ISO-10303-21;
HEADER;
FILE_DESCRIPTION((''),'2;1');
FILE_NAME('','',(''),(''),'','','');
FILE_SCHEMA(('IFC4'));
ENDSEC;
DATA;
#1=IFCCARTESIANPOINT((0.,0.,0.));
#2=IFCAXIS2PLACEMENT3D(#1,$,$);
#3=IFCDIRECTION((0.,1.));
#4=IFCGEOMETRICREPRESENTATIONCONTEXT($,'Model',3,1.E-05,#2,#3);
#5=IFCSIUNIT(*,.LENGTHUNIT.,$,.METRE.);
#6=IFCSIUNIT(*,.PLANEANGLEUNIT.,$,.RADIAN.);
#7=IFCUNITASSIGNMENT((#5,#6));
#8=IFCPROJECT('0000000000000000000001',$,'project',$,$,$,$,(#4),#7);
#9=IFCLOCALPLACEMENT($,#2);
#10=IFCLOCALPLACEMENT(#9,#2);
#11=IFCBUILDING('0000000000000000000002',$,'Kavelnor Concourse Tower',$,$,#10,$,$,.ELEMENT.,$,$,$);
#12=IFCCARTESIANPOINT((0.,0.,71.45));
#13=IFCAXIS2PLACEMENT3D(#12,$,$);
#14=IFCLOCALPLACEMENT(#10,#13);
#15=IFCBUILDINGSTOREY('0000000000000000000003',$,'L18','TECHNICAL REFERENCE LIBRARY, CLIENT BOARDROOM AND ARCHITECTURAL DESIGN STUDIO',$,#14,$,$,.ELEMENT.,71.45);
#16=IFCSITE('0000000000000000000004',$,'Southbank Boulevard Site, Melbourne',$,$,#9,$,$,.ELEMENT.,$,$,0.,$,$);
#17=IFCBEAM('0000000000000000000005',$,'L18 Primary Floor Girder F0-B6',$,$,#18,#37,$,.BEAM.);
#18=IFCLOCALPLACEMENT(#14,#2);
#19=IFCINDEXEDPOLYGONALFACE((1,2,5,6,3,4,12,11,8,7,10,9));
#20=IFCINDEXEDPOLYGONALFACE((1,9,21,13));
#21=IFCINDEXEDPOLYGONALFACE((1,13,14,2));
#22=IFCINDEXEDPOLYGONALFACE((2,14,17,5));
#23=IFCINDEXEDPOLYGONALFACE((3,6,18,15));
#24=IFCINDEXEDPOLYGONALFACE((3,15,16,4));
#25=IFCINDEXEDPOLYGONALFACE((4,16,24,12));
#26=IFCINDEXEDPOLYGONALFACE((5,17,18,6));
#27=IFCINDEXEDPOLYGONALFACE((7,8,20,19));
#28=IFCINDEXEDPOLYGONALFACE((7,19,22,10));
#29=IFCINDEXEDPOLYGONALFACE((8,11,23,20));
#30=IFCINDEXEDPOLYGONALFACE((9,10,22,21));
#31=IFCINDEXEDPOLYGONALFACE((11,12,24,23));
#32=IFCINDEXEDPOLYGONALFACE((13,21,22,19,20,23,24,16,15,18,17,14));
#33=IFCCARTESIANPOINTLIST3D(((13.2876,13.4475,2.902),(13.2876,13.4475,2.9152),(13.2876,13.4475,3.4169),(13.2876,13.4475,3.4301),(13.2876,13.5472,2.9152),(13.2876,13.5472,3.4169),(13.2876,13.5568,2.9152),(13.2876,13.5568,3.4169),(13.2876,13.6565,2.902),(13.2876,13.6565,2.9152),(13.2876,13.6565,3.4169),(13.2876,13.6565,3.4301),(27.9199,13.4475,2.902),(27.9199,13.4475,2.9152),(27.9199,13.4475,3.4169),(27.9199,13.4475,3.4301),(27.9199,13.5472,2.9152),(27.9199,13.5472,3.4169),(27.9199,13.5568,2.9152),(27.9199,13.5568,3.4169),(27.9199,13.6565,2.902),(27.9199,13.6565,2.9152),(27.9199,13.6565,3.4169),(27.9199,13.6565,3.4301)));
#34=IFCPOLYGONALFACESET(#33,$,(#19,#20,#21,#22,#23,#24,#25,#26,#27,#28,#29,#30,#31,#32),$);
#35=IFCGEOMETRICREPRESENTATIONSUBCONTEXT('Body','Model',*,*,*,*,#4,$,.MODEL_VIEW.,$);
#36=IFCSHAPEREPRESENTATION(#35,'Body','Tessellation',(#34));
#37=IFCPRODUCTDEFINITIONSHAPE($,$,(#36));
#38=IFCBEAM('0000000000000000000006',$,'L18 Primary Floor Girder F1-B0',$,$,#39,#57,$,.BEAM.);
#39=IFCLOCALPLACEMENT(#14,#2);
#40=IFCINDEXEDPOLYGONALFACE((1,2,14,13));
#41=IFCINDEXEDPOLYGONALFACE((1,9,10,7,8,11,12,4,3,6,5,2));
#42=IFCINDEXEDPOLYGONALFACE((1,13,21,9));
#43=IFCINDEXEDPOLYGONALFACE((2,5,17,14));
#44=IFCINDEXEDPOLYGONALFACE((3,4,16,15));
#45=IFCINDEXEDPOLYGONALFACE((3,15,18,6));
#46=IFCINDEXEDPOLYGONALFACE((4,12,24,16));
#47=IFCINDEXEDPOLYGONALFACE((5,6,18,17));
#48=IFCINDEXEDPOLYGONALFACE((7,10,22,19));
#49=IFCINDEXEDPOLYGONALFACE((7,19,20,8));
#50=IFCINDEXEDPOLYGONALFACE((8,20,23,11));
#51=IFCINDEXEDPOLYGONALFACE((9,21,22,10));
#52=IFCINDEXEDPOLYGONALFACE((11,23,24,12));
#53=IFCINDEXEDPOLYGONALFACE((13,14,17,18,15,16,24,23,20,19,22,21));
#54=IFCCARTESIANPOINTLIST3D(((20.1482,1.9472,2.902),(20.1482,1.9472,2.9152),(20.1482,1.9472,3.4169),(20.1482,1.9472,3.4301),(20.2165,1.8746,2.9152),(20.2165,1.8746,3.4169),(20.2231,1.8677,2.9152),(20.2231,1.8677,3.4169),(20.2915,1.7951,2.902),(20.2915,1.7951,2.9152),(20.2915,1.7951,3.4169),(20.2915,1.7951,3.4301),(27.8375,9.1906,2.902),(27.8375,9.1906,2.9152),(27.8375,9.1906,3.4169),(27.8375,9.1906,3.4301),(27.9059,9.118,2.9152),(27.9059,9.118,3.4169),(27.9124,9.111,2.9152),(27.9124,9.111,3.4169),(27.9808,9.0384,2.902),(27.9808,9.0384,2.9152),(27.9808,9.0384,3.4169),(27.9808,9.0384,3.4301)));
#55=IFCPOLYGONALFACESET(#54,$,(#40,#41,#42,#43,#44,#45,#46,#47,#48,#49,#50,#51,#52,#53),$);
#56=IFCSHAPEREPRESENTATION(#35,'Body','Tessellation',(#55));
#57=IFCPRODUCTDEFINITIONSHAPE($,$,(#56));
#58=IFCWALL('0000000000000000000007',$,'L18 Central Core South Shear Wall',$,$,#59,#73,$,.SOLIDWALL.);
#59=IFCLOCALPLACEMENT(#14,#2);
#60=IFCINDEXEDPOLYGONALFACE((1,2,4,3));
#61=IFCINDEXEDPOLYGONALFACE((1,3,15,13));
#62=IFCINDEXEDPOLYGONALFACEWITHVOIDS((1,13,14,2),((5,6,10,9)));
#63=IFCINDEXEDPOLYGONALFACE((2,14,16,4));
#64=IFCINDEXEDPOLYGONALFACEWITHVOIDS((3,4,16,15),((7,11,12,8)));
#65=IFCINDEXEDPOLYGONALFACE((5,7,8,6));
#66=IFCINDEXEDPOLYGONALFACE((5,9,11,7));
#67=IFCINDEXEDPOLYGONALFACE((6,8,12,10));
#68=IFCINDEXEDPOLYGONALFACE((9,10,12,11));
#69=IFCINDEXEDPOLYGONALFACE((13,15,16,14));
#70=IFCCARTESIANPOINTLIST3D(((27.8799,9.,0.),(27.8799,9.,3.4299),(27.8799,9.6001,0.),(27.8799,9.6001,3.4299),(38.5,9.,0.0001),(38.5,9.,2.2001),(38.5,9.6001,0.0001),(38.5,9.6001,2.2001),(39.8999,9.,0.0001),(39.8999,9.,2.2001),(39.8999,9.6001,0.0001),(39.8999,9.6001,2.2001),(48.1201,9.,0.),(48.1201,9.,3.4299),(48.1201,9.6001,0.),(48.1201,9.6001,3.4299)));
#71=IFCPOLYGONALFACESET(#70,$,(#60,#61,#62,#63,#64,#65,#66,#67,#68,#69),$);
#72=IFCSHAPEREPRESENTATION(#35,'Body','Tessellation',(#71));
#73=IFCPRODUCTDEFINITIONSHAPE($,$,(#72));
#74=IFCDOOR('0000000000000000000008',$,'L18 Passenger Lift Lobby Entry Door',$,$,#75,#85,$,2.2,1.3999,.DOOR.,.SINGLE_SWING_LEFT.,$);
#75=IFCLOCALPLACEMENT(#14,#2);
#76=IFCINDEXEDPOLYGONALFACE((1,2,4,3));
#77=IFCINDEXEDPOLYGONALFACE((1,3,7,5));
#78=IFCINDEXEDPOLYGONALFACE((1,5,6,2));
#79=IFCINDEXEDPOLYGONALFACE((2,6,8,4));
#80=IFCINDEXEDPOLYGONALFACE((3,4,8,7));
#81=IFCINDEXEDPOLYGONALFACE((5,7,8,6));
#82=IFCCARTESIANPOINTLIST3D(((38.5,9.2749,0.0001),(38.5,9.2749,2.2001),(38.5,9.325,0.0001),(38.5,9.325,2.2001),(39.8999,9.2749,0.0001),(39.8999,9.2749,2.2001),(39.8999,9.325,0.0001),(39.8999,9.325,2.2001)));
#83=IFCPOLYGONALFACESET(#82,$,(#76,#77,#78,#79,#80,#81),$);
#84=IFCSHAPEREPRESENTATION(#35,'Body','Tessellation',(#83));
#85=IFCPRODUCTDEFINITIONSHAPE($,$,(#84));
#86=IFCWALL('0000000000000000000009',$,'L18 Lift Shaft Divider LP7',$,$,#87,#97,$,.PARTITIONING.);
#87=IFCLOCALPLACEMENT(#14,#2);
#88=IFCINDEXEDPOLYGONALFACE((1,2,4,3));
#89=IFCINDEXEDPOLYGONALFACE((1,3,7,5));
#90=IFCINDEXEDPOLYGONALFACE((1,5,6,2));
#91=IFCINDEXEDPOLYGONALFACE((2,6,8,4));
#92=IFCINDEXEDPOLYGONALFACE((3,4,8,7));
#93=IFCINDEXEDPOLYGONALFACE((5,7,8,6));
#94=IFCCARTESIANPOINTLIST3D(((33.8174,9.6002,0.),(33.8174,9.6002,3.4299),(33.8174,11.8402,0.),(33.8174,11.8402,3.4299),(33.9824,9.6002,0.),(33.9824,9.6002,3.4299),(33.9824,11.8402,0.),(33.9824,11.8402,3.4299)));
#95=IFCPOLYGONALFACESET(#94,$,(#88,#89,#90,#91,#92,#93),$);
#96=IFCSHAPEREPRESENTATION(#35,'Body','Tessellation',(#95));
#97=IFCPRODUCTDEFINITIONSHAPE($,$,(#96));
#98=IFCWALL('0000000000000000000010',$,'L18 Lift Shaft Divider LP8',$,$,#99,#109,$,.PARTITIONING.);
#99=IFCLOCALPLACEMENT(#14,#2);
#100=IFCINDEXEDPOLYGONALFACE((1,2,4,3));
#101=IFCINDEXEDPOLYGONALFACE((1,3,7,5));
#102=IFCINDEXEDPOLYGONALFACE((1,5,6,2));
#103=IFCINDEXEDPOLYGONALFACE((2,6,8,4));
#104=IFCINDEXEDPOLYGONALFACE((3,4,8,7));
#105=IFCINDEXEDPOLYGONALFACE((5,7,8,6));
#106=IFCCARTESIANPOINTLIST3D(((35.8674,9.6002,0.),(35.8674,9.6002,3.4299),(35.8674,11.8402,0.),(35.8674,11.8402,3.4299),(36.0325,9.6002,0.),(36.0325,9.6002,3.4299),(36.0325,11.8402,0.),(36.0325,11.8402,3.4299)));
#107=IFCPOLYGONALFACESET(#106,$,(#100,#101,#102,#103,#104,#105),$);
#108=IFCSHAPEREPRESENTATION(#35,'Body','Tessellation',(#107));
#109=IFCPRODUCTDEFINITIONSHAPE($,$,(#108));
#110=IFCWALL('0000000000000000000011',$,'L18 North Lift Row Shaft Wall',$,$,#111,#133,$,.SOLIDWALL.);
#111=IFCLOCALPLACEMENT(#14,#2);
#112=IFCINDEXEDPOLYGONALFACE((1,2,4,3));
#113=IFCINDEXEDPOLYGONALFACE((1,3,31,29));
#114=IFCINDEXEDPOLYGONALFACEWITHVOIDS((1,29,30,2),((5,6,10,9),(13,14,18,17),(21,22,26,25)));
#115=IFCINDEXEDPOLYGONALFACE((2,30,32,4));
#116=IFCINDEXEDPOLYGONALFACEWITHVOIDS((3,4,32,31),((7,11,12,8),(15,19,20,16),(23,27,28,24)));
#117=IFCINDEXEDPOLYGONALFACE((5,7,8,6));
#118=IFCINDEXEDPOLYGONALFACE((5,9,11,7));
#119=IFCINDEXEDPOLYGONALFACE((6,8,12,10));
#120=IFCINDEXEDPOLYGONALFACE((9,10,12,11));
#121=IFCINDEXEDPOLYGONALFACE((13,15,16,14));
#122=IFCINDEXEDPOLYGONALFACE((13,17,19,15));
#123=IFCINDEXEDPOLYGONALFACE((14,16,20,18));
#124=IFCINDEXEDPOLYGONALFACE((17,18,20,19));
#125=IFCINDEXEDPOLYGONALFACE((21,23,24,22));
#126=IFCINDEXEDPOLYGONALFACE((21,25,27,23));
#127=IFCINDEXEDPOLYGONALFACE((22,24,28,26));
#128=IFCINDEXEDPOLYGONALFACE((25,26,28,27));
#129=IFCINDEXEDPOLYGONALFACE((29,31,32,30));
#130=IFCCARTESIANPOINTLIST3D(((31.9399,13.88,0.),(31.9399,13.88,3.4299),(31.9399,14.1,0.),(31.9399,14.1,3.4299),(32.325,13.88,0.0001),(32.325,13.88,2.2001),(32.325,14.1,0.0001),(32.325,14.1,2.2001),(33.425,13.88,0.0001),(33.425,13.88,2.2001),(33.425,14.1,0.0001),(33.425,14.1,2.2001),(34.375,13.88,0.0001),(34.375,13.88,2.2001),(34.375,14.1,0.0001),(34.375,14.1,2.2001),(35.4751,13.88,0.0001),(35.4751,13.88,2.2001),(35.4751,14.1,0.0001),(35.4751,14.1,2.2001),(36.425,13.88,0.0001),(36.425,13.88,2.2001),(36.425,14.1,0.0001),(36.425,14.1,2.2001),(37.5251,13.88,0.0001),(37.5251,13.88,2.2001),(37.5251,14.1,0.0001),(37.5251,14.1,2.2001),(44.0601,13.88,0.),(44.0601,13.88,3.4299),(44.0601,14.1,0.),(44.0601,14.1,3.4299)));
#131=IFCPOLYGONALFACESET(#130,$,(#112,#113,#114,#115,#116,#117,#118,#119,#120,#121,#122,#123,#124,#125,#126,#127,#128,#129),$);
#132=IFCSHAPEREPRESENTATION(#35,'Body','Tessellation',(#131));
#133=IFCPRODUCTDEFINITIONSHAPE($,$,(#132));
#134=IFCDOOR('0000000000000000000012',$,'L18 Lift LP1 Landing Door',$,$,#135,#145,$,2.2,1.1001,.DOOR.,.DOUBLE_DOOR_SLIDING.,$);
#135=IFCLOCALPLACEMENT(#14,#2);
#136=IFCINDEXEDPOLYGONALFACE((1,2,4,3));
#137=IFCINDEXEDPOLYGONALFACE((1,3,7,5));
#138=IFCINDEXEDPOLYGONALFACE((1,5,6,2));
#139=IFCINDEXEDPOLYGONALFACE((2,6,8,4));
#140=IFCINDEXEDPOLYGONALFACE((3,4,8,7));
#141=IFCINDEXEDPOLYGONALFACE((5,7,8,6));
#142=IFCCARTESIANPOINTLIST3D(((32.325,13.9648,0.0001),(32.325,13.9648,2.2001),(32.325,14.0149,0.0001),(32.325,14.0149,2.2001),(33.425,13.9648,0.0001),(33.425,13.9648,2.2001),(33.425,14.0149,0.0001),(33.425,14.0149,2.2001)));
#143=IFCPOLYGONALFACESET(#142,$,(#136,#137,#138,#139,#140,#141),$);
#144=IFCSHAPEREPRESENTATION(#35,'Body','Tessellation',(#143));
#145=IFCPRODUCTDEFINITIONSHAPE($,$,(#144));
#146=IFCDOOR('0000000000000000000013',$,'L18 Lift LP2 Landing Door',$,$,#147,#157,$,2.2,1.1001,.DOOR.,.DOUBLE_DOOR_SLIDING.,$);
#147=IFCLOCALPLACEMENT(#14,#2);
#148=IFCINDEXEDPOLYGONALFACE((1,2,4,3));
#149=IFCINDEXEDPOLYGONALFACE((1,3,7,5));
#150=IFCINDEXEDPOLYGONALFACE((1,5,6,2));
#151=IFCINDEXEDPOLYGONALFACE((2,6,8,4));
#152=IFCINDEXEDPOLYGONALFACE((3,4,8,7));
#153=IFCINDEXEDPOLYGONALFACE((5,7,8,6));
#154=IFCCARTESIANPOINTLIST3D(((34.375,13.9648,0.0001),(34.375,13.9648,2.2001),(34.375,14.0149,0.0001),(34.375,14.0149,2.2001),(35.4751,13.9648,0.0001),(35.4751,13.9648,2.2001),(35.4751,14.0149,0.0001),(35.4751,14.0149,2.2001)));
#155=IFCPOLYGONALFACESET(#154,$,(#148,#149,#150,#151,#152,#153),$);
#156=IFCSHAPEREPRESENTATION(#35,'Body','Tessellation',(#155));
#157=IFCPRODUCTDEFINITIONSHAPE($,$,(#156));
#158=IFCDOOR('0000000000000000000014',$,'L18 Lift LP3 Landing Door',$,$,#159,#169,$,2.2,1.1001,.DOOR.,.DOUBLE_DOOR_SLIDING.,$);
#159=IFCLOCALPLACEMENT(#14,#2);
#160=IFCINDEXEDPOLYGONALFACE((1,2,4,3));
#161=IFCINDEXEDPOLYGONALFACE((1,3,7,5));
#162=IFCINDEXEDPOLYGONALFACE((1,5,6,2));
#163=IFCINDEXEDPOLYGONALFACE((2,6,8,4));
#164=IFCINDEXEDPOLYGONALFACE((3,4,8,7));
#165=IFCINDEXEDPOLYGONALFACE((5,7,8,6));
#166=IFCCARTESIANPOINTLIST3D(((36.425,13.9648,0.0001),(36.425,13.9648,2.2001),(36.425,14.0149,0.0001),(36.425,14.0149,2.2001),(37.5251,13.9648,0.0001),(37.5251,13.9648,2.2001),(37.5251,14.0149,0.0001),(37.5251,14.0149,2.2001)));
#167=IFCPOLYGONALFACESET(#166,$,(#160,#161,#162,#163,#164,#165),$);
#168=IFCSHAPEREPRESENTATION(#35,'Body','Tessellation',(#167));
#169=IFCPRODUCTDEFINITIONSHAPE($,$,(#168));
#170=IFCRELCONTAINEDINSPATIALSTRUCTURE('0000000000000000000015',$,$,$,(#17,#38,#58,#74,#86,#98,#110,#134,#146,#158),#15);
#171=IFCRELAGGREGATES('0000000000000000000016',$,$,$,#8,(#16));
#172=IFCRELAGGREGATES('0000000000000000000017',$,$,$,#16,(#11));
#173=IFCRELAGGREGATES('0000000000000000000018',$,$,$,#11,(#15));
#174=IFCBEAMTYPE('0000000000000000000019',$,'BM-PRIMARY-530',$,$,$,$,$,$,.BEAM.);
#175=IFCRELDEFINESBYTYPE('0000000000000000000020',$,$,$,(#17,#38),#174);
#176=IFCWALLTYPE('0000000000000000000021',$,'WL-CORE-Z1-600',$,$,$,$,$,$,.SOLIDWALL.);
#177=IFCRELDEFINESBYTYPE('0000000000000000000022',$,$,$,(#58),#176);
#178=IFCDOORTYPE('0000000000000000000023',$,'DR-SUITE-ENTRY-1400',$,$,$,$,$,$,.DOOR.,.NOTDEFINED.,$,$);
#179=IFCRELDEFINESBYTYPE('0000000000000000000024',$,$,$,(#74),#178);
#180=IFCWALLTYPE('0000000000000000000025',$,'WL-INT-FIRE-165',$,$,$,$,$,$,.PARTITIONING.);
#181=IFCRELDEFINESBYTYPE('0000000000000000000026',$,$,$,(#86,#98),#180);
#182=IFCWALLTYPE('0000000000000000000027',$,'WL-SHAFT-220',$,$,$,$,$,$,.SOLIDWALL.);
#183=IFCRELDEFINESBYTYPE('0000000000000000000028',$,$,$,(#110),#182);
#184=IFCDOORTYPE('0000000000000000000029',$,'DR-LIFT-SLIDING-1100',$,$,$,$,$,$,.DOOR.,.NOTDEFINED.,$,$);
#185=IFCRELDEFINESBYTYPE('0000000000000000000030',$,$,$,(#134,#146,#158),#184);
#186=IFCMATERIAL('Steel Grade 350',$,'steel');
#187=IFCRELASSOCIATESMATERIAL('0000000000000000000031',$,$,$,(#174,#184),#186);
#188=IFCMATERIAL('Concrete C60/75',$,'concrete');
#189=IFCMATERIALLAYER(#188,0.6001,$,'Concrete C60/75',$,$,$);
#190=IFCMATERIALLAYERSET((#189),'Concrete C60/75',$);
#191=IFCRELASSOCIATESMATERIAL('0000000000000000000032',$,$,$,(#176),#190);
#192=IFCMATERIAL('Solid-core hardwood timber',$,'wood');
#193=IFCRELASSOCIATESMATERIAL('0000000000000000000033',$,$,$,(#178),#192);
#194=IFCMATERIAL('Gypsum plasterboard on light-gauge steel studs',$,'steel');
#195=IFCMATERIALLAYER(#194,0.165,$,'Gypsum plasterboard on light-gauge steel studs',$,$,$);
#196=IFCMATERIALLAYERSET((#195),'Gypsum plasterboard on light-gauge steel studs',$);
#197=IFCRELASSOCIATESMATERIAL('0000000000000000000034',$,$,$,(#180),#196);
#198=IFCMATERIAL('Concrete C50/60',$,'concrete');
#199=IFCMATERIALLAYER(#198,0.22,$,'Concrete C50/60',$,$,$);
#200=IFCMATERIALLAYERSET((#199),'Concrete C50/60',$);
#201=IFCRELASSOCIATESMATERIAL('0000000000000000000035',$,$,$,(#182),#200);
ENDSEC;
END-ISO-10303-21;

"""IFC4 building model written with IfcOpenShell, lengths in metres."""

from ifc_helpers import new_model, si_unit, direction, frame, frame_2d, origin, origin_2d, place, context, subcontext, project, spatial, rectangle, i_section, extrude, material, layer, layer_set, material_profile, profile_set, type_object, element, fill, save


model = new_model("IFC4")

# Units and contexts
model_context = context("Model", 3, precision=1e-05, world=origin(), true_north=direction((0.0, 1.0)))
body_context = subcontext(model_context, "Body", "Model", "MODEL_VIEW")
ifc_project = project(units=[si_unit("LENGTHUNIT", "METRE"), si_unit("PLANEANGLEUNIT", "RADIAN")], contexts=[model_context])

# Site, building, storey
site_placement = place(None, origin())
site = spatial("IfcSite", under=ifc_project, at=site_placement, Name="Southbank Boulevard Site, Melbourne", CompositionType="ELEMENT", RefElevation=0.0)
building_placement = place(site_placement, origin())
building = spatial("IfcBuilding", under=site, at=building_placement, Name="Kavelnor Concourse Tower", CompositionType="ELEMENT")
storey_placement = place(building_placement, frame((0.0, 0.0, 71.45)))
storey = spatial("IfcBuildingStorey", under=building, at=storey_placement, Name="L18", Description="TECHNICAL REFERENCE LIBRARY, CLIENT BOARDROOM AND ARCHITECTURAL DESIGN STUDIO", CompositionType="ELEMENT", Elevation=71.45)

# Beams
ifc_material_1 = material(Name="Steel Grade 350", Category="steel")
ifc_material_profile = material_profile(ifc_material_1, i_section(OverallWidth=0.209, OverallDepth=0.5281, WebThickness=0.0095, FlangeThickness=0.0132, at=origin_2d()), Name="530UB82")
ifc_profile_set = profile_set([ifc_material_profile], Name="Steel Grade 350")
beam_type = type_object("IfcBeamType", Name="BM-PRIMARY-530", PredefinedType="BEAM", material=ifc_profile_set)
beam_1_placement = place(storey_placement, frame((27.9199, 13.552, 3.166), z_axis=(-1.0, 0.0, 0.0), x_axis=(0.0, -1.0, 0.0)))
element("IfcBeam", 1, at=beam_1_placement, inside=storey, type_object=beam_type, Name="L18 Primary Floor Girder F0-B6", PredefinedType="BEAM", context=body_context, shape_type="SweptSolid", body=[
    extrude(i_section(OverallWidth=0.209, OverallDepth=0.5281, WebThickness=0.0095, FlangeThickness=0.0132, at=origin_2d()), origin(), (0.0, 0.0, 1.0), 14.6323),
])
beam_2_placement = place(storey_placement, frame((27.9092, 9.1145, 3.166), z_axis=(-0.727903, -0.68568, 0.0), x_axis=(0.68568, -0.727903, 0.0)))
element("IfcBeam", 2, at=beam_2_placement, inside=storey, type_object=beam_type, Name="L18 Primary Floor Girder F1-B0", PredefinedType="BEAM", context=body_context, shape_type="SweptSolid", body=[
    extrude(i_section(OverallWidth=0.209, OverallDepth=0.5281, WebThickness=0.0095, FlangeThickness=0.0132, at=origin_2d()), origin(), (0.0, 0.0, 1.0), 10.5637),
])

# Wall, opening, door
ifc_material_2 = material(Name="Concrete C60/75", Category="concrete")
ifc_layer_1 = layer(ifc_material_2, 0.6001, Name="Concrete C60/75")
ifc_layer_set_1 = layer_set([ifc_layer_1], Name="Concrete C60/75")
wall_type_1 = type_object("IfcWallType", Name="WL-CORE-Z1-600", PredefinedType="SOLIDWALL", material=ifc_layer_set_1)
wall_1_placement = place(storey_placement, frame((27.8799, 9.3, 0.0), z_axis=(0.0, 0.0, 1.0), x_axis=(1.0, 0.0, 0.0)))
wall_1 = element("IfcWall", 3, at=wall_1_placement, inside=storey, type_object=wall_type_1, Name="L18 Central Core South Shear Wall", PredefinedType="SOLIDWALL", context=body_context, shape_type="SweptSolid", body=[
    extrude(rectangle(XDim=20.2402, YDim=0.6001, at=frame_2d((10.1201, 0.0))), origin(), (0.0, 0.0, 1.0), 3.4299),
])
opening_1_placement = place(wall_1_placement, frame((10.6201, 0.0, 0.0)))
opening_1 = element("IfcOpeningElement", 4, at=opening_1_placement, cuts=wall_1, PredefinedType="OPENING", context=body_context, shape_type="SweptSolid", body=[
    extrude(rectangle(XDim=1.3999, YDim=2.2, at=frame_2d((0.7, 1.1001))), frame((0.0, 0.3101, 0.0), z_axis=(0.0, -1.0, 0.0), x_axis=(1.0, 0.0, 0.0)), (0.0, 0.0, 1.0), 0.6201),
])
ifc_material_3 = material(Name="Solid-core hardwood timber", Category="wood")
door_type_1 = type_object("IfcDoorType", Name="DR-SUITE-ENTRY-1400", OperationType="NOTDEFINED", PredefinedType="DOOR", material=ifc_material_3)
door_1_placement = place(opening_1_placement, origin())
door_1 = element("IfcDoor", 5, at=door_1_placement, inside=storey, type_object=door_type_1, Name="L18 Passenger Lift Lobby Entry Door", OperationType="SINGLE_SWING_LEFT", OverallHeight=2.2, OverallWidth=1.3999, PredefinedType="DOOR", context=body_context, shape_type="SweptSolid", body=[
    extrude(rectangle(XDim=1.3999, YDim=2.2, at=frame_2d((0.7, 1.1001))), frame((0.0, 0.0249, 0.0), z_axis=(0.0, -1.0, 0.0), x_axis=(1.0, 0.0, 0.0)), (0.0, 0.0, 1.0), 0.05),
])
fill(opening_1, door_1)

# Walls
ifc_material_4 = material(Name="Gypsum plasterboard on light-gauge steel studs", Category="steel")
ifc_layer_2 = layer(ifc_material_4, 0.165, Name="Gypsum plasterboard on light-gauge steel studs")
ifc_layer_set_2 = layer_set([ifc_layer_2], Name="Gypsum plasterboard on light-gauge steel studs")
wall_type_2 = type_object("IfcWallType", Name="WL-INT-FIRE-165", PredefinedType="PARTITIONING", material=ifc_layer_set_2)
for number, where, z_axis, x_axis, name in (
    (6, (33.8999, 9.6001, 0.0), (0.0, 0.0, 1.0), (0.0, 1.0, 0.0), "L18 Lift Shaft Divider LP7"),
    (7, (35.95, 9.6001, 0.0), (0.0, 0.0, 1.0), (0.0, 1.0, 0.0), "L18 Lift Shaft Divider LP8"),
):
    element("IfcWall", number, at=place(storey_placement, frame(where, z_axis=z_axis, x_axis=x_axis)), inside=storey, type_object=wall_type_2, Name=name, PredefinedType="PARTITIONING", context=body_context, shape_type="SweptSolid", body=[
        extrude(rectangle(XDim=2.24, YDim=0.165, at=frame_2d((1.1201, 0.0))), origin(), (0.0, 0.0, 1.0), 3.4299),
    ])

# Wall, openings, doors
ifc_material_5 = material(Name="Concrete C50/60", Category="concrete")
ifc_layer_3 = layer(ifc_material_5, 0.22, Name="Concrete C50/60")
ifc_layer_set_3 = layer_set([ifc_layer_3], Name="Concrete C50/60")
wall_type_3 = type_object("IfcWallType", Name="WL-SHAFT-220", PredefinedType="SOLIDWALL", material=ifc_layer_set_3)
wall_2_placement = place(storey_placement, frame((31.9399, 13.99, 0.0), z_axis=(0.0, 0.0, 1.0), x_axis=(1.0, 0.0, 0.0)))
wall_2 = element("IfcWall", 8, at=wall_2_placement, inside=storey, type_object=wall_type_3, Name="L18 North Lift Row Shaft Wall", PredefinedType="SOLIDWALL", context=body_context, shape_type="SweptSolid", body=[
    extrude(rectangle(XDim=12.1201, YDim=0.22, at=frame_2d((6.0601, 0.0))), origin(), (0.0, 0.0, 1.0), 3.4299),
])
opening_2_placement = place(wall_2_placement, frame((0.385, 0.0, 0.0)))
opening_2 = element("IfcOpeningElement", 9, at=opening_2_placement, cuts=wall_2, PredefinedType="OPENING", context=body_context, shape_type="SweptSolid", body=[
    extrude(rectangle(XDim=1.1001, YDim=2.2, at=frame_2d((0.55, 1.1001))), frame((0.0, 0.1201, 0.0), z_axis=(0.0, -1.0, 0.0), x_axis=(1.0, 0.0, 0.0)), (0.0, 0.0, 1.0), 0.24),
])
opening_3_placement = place(wall_2_placement, frame((2.4351, 0.0, 0.0)))
opening_3 = element("IfcOpeningElement", 10, at=opening_3_placement, cuts=wall_2, PredefinedType="OPENING", context=body_context, shape_type="SweptSolid", body=[
    extrude(rectangle(XDim=1.1001, YDim=2.2, at=frame_2d((0.55, 1.1001))), frame((0.0, 0.1201, 0.0), z_axis=(0.0, -1.0, 0.0), x_axis=(1.0, 0.0, 0.0)), (0.0, 0.0, 1.0), 0.24),
])
opening_4_placement = place(wall_2_placement, frame((4.4851, 0.0, 0.0)))
opening_4 = element("IfcOpeningElement", 11, at=opening_4_placement, cuts=wall_2, PredefinedType="OPENING", context=body_context, shape_type="SweptSolid", body=[
    extrude(rectangle(XDim=1.1001, YDim=2.2, at=frame_2d((0.55, 1.1001))), frame((0.0, 0.1201, 0.0), z_axis=(0.0, -1.0, 0.0), x_axis=(1.0, 0.0, 0.0)), (0.0, 0.0, 1.0), 0.24),
])
door_type_2 = type_object("IfcDoorType", Name="DR-LIFT-SLIDING-1100", OperationType="NOTDEFINED", PredefinedType="DOOR", material=ifc_material_1)
door_2_placement = place(opening_2_placement, origin())
door_2 = element("IfcDoor", 12, at=door_2_placement, inside=storey, type_object=door_type_2, Name="L18 Lift LP1 Landing Door", OperationType="DOUBLE_DOOR_SLIDING", OverallHeight=2.2, OverallWidth=1.1001, PredefinedType="DOOR", context=body_context, shape_type="SweptSolid", body=[
    extrude(rectangle(XDim=1.1001, YDim=2.2, at=frame_2d((0.55, 1.1001))), frame((0.0, 0.0249, 0.0), z_axis=(0.0, -1.0, 0.0), x_axis=(1.0, 0.0, 0.0)), (0.0, 0.0, 1.0), 0.05),
])
fill(opening_2, door_2)
door_3_placement = place(opening_3_placement, origin())
door_3 = element("IfcDoor", 13, at=door_3_placement, inside=storey, type_object=door_type_2, Name="L18 Lift LP2 Landing Door", OperationType="DOUBLE_DOOR_SLIDING", OverallHeight=2.2, OverallWidth=1.1001, PredefinedType="DOOR", context=body_context, shape_type="SweptSolid", body=[
    extrude(rectangle(XDim=1.1001, YDim=2.2, at=frame_2d((0.55, 1.1001))), frame((0.0, 0.0249, 0.0), z_axis=(0.0, -1.0, 0.0), x_axis=(1.0, 0.0, 0.0)), (0.0, 0.0, 1.0), 0.05),
])
fill(opening_3, door_3)
door_4_placement = place(opening_4_placement, origin())
door_4 = element("IfcDoor", 14, at=door_4_placement, inside=storey, type_object=door_type_2, Name="L18 Lift LP3 Landing Door", OperationType="DOUBLE_DOOR_SLIDING", OverallHeight=2.2, OverallWidth=1.1001, PredefinedType="DOOR", context=body_context, shape_type="SweptSolid", body=[
    extrude(rectangle(XDim=1.1001, YDim=2.2, at=frame_2d((0.55, 1.1001))), frame((0.0, 0.0249, 0.0), z_axis=(0.0, -1.0, 0.0), x_axis=(1.0, 0.0, 0.0)), (0.0, 0.0, 1.0), 0.05),
])
fill(opening_4, door_4)

save(model, "model.ifc")
